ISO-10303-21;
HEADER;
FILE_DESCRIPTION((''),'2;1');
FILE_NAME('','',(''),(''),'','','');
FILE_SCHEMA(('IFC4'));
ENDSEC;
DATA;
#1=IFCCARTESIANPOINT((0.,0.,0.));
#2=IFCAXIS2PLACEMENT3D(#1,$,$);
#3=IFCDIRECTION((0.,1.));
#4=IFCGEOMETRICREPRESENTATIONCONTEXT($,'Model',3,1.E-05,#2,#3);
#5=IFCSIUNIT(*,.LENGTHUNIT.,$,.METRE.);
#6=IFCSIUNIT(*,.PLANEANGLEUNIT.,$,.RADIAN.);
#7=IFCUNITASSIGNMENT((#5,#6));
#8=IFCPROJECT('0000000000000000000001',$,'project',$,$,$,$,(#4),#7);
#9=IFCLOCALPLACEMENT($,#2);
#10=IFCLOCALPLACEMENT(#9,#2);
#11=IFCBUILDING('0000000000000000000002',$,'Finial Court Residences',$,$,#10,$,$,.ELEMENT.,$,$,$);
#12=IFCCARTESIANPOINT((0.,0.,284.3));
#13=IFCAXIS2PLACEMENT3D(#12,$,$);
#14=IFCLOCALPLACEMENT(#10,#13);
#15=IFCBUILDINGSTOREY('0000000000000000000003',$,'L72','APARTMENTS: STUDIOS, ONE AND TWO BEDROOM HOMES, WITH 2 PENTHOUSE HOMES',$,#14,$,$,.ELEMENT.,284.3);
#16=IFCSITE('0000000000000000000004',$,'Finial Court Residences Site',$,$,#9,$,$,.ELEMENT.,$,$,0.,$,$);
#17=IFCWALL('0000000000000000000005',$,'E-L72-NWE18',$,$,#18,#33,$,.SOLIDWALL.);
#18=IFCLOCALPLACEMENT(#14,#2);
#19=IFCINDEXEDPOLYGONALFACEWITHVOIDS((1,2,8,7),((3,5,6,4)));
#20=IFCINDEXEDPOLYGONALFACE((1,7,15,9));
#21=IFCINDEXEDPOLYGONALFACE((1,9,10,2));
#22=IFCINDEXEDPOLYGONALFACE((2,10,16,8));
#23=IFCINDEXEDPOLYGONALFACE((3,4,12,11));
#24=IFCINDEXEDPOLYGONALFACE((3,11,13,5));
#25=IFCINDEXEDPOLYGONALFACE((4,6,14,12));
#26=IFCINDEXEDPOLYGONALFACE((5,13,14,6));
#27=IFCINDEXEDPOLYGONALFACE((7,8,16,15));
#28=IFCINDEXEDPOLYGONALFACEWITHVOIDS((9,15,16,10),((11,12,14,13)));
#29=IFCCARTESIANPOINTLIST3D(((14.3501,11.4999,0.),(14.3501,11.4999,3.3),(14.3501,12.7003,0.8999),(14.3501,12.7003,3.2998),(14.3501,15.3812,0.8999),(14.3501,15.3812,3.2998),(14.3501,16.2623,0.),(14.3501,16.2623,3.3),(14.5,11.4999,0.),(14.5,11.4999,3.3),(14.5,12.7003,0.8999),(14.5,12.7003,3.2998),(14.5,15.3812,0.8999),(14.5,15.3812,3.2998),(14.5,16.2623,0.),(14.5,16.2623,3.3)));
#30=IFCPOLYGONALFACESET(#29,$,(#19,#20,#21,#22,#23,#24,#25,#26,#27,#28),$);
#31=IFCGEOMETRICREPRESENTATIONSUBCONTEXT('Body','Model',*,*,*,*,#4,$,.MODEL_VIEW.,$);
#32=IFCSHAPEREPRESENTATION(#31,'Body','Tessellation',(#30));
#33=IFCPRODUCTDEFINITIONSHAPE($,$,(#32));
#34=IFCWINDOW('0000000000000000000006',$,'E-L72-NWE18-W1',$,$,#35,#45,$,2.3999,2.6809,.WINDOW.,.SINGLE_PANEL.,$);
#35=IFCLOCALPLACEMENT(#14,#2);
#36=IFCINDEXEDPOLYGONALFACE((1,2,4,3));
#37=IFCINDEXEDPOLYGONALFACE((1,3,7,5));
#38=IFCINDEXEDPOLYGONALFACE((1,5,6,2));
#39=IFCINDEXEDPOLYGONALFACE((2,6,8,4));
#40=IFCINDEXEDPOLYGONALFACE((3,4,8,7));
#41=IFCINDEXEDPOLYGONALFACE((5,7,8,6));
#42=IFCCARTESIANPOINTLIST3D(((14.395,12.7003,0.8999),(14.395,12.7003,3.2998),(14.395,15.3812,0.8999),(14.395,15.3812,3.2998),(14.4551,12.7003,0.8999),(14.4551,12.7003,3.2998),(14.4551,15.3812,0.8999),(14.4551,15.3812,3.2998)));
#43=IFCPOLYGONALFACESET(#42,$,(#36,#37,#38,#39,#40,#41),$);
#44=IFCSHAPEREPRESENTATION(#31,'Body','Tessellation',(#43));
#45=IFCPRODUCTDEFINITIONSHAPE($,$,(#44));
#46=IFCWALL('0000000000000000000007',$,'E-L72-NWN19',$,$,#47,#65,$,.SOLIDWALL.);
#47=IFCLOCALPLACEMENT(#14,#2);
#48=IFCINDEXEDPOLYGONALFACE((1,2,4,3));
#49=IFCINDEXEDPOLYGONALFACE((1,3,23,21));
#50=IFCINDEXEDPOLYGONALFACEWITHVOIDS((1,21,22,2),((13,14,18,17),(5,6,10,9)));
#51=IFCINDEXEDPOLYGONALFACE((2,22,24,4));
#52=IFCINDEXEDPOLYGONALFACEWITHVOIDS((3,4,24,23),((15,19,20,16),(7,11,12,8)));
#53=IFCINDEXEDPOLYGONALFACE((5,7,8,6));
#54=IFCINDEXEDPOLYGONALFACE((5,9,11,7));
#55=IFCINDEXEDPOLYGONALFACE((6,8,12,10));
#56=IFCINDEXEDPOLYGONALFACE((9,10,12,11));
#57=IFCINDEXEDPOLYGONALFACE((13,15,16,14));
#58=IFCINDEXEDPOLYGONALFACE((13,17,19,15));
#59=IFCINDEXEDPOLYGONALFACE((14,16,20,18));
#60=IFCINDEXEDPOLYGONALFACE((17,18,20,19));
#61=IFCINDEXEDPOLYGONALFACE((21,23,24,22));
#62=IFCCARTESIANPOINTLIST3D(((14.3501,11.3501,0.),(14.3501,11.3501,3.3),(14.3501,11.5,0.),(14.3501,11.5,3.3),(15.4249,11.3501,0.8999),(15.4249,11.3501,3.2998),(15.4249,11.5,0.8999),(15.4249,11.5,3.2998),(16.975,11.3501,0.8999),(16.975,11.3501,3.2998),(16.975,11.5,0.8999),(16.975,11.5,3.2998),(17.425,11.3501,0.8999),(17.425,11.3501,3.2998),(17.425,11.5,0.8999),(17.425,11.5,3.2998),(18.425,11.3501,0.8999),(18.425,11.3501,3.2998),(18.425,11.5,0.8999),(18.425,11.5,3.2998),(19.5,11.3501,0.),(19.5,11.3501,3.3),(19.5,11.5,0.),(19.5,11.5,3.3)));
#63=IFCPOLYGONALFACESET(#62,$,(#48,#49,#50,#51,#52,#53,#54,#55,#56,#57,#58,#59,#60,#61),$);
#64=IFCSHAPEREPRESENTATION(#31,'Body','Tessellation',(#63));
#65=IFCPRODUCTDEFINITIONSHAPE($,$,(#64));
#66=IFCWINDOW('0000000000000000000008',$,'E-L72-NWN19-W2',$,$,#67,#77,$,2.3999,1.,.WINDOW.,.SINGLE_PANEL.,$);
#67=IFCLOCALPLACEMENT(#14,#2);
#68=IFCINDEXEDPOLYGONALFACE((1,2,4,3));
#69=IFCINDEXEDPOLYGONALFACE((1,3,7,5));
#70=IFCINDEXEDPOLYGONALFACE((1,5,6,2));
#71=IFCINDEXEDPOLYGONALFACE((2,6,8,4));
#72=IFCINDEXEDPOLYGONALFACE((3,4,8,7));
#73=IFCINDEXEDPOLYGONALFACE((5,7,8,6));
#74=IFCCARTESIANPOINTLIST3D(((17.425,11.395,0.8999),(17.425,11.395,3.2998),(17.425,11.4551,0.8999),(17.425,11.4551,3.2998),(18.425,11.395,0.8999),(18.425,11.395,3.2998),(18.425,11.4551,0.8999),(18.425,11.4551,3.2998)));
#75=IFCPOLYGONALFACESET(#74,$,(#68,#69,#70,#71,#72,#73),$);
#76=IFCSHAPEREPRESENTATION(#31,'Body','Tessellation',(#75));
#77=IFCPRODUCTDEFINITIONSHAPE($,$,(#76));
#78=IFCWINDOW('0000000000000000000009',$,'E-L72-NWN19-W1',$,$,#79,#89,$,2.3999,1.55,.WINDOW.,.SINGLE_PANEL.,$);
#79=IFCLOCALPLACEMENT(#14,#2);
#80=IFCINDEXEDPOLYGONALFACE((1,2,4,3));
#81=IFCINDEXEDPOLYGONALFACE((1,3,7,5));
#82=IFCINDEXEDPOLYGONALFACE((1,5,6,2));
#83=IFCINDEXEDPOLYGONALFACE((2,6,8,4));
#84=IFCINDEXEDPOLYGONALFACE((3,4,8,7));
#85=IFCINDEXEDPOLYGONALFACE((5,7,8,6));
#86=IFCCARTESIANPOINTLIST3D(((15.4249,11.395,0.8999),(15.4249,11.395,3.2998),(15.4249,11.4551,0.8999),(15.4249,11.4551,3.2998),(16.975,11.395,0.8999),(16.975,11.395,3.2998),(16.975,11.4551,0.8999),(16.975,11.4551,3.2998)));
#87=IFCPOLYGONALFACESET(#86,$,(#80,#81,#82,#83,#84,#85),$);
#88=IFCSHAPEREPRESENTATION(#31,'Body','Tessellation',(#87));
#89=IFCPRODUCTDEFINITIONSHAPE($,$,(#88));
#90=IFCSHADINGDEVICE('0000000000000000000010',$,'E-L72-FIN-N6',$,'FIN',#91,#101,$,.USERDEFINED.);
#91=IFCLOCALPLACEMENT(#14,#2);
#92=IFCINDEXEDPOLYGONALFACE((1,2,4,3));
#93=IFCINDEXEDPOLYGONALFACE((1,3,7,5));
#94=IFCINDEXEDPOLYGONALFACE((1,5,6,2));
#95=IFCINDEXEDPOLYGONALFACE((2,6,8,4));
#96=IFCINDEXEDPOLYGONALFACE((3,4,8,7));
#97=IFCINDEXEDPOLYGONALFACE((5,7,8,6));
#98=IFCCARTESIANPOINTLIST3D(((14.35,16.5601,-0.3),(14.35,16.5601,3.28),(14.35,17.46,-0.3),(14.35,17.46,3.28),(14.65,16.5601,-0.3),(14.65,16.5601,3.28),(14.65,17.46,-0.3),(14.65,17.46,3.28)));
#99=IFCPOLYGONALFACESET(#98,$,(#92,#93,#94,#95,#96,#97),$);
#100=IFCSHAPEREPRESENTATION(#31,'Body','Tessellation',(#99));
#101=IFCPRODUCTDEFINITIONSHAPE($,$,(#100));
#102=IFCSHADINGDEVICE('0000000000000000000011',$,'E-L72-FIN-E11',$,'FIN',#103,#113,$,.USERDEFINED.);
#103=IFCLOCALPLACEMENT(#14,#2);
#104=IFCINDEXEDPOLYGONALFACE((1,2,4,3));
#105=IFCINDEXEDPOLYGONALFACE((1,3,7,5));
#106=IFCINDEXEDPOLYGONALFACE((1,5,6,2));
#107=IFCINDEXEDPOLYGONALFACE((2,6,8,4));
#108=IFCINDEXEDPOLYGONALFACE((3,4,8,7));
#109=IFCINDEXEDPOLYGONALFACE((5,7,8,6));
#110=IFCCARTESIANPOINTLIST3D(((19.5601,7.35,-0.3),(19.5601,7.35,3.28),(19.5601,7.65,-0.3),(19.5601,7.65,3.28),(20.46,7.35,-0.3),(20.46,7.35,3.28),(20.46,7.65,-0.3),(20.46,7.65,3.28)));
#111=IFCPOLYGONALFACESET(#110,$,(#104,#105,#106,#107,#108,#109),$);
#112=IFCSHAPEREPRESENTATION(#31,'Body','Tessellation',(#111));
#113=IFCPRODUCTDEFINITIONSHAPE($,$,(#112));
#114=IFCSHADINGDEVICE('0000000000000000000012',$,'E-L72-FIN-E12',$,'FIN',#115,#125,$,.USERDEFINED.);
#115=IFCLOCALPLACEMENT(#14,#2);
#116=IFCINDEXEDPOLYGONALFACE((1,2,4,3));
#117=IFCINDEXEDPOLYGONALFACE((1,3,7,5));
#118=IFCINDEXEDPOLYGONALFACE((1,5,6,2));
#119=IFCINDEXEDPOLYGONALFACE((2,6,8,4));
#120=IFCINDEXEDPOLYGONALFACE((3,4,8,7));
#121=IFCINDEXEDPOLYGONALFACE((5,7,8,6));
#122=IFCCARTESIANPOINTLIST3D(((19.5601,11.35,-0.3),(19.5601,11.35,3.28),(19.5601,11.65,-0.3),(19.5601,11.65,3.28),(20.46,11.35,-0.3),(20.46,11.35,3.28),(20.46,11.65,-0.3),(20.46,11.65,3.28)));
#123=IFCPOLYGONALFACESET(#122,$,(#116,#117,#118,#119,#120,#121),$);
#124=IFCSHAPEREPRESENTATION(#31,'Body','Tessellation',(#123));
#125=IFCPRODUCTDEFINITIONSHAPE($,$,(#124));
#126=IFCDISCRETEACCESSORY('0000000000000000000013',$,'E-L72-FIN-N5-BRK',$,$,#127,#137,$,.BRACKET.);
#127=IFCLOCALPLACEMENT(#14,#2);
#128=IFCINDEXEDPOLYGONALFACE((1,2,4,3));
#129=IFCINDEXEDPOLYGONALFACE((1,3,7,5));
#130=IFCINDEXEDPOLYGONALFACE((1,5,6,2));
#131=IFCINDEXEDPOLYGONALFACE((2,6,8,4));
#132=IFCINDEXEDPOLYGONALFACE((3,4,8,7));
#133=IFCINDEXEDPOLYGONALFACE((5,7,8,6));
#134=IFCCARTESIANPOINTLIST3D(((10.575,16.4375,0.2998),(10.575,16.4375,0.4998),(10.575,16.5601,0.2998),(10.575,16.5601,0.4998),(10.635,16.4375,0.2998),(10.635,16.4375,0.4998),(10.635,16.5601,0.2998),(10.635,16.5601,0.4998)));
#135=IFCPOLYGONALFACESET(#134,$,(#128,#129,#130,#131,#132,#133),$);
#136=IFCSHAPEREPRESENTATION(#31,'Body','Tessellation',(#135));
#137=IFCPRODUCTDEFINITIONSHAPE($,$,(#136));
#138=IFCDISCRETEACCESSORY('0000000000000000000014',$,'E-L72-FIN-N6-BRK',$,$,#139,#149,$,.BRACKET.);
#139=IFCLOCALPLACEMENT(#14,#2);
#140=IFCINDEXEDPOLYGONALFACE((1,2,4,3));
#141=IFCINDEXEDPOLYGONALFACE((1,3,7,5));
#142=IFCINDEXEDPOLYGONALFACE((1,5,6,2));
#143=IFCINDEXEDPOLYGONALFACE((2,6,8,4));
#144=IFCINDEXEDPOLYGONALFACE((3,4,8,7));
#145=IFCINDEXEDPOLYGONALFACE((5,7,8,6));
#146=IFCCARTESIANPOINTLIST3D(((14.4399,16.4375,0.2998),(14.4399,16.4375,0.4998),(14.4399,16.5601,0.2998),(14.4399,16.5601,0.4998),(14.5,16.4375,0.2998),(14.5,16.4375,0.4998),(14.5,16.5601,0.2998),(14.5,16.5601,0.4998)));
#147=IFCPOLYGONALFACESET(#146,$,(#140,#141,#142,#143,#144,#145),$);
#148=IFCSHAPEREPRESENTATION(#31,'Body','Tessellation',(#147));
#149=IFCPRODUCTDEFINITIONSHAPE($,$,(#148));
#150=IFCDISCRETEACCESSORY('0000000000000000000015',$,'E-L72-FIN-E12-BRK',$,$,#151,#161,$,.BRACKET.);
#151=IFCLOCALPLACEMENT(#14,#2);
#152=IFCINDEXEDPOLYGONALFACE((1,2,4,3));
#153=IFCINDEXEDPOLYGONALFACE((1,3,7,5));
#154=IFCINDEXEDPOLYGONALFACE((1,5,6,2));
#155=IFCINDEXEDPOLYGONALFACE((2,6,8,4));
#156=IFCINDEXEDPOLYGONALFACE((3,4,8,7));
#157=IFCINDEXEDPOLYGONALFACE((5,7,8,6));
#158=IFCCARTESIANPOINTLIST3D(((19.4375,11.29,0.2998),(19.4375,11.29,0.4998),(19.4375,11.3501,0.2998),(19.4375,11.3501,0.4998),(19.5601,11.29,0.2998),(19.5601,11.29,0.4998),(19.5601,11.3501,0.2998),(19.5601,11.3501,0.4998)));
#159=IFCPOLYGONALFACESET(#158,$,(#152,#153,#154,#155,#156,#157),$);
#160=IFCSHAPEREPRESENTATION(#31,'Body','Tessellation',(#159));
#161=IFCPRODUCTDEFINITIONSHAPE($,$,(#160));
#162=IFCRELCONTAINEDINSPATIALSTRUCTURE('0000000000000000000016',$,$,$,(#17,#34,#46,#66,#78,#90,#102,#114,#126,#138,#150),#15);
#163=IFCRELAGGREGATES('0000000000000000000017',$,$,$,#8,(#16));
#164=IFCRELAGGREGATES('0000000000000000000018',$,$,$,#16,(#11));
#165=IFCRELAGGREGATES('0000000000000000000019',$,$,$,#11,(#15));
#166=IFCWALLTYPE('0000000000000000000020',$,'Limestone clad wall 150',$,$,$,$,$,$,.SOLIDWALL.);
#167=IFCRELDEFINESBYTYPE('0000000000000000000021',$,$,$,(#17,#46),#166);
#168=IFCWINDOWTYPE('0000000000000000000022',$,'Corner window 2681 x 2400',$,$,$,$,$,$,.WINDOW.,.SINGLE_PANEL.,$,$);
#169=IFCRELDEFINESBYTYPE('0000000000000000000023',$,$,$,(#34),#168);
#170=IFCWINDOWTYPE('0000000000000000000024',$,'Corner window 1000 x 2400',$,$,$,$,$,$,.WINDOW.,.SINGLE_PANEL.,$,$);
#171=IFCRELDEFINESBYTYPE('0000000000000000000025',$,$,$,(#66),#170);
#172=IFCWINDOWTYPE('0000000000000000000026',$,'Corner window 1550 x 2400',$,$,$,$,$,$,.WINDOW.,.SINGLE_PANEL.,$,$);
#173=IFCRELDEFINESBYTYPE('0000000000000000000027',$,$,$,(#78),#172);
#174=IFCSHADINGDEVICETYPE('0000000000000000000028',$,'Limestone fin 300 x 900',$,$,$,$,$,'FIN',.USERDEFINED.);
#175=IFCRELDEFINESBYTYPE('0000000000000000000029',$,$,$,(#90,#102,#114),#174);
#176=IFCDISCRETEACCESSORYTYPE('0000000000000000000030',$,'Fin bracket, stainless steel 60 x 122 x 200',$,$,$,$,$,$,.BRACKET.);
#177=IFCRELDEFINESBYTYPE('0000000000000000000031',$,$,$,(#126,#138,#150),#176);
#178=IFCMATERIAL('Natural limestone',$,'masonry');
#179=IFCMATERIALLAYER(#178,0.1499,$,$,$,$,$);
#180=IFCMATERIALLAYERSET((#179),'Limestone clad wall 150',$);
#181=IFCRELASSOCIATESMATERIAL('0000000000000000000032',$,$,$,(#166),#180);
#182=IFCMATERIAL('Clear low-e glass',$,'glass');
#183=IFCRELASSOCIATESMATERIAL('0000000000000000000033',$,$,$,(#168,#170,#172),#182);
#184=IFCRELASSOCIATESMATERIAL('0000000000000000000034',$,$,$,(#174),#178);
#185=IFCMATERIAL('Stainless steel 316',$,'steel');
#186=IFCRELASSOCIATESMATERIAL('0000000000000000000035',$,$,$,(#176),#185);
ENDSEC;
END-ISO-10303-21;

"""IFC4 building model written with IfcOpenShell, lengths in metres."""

from ifc_helpers import new_model, si_unit, direction, frame, frame_2d, origin, origin_2d, place, context, subcontext, project, spatial, rectangle, extrude, material, layer, layer_set, type_object, element, fill, save


model = new_model("IFC4")

# Units and contexts
model_context = context("Model", 3, precision=1e-05, world=origin(), true_north=direction((0.0, 1.0)))
body_context = subcontext(model_context, "Body", "Model", "MODEL_VIEW")
ifc_project = project(units=[si_unit("LENGTHUNIT", "METRE"), si_unit("PLANEANGLEUNIT", "RADIAN")], contexts=[model_context])

# Site, building, storey
site_placement = place(None, origin())
site = spatial("IfcSite", under=ifc_project, at=site_placement, Name="Finial Court Residences Site", CompositionType="ELEMENT", RefElevation=0.0)
building_placement = place(site_placement, origin())
building = spatial("IfcBuilding", under=site, at=building_placement, Name="Finial Court Residences", CompositionType="ELEMENT")
storey_placement = place(building_placement, frame((0.0, 0.0, 284.3)))
storey = spatial("IfcBuildingStorey", under=building, at=storey_placement, Name="L72", Description="APARTMENTS: STUDIOS, ONE AND TWO BEDROOM HOMES, WITH 2 PENTHOUSE HOMES", CompositionType="ELEMENT", Elevation=284.3)

# Shared definitions
ifc_material_1 = material(Name="Clear low-e glass", Category="glass")

# Wall, opening, window
ifc_material_2 = material(Name="Natural limestone", Category="masonry")
ifc_layer_1 = layer(ifc_material_2, 0.1499)
ifc_layer_set_1 = layer_set([ifc_layer_1], Name="Limestone clad wall 150")
wall_type_1 = type_object("IfcWallType", Name="Limestone clad wall 150", PredefinedType="SOLIDWALL", material=ifc_layer_set_1)
wall_1_placement = place(storey_placement, frame((14.425, 16.2625, 0.0), z_axis=(0.0, 0.0, 1.0), x_axis=(0.0, -1.0, 0.0)))
wall_1 = element("IfcWall", 1, at=wall_1_placement, inside=storey, type_object=wall_type_1, Name="E-L72-NWE18", PredefinedType="SOLIDWALL", context=body_context, shape_type="SweptSolid", body=[
    extrude(rectangle(XDim=4.7625, YDim=0.1499, at=frame_2d((2.3813, 0.0))), origin(), (0.0, 0.0, 1.0), 3.3),
])
opening_1_placement = place(wall_1_placement, frame((0.8813, 0.0, 0.8999)))
opening_1 = element("IfcOpeningElement", 2, at=opening_1_placement, cuts=wall_1, PredefinedType="OPENING", context=body_context, shape_type="SweptSolid", body=[
    extrude(rectangle(XDim=2.6809, YDim=2.3999, at=frame_2d((1.3403, 1.2))), frame((0.0, 0.085, 0.0), z_axis=(0.0, -1.0, 0.0), x_axis=(1.0, 0.0, 0.0)), (0.0, 0.0, 1.0), 0.1699),
])
window_type_1 = type_object("IfcWindowType", Name="Corner window 2681 x 2400", PartitioningType="SINGLE_PANEL", PredefinedType="WINDOW", material=ifc_material_1)
window_1_placement = place(opening_1_placement, origin())
window_1 = element("IfcWindow", 3, at=window_1_placement, inside=storey, type_object=window_type_1, Name="E-L72-NWE18-W1", OverallHeight=2.3999, OverallWidth=2.6809, PartitioningType="SINGLE_PANEL", PredefinedType="WINDOW", context=body_context, shape_type="SweptSolid", body=[
    extrude(rectangle(XDim=2.6809, YDim=2.3999, at=frame_2d((1.3403, 1.2))), frame((0.0, 0.03, 0.0), z_axis=(0.0, -1.0, 0.0), x_axis=(1.0, 0.0, 0.0)), (0.0, 0.0, 1.0), 0.0601),
])
fill(opening_1, window_1)

# Wall, openings, windows
wall_2_placement = place(storey_placement, frame((14.3501, 11.425, 0.0), z_axis=(0.0, 0.0, 1.0), x_axis=(1.0, 0.0, 0.0)))
wall_2 = element("IfcWall", 4, at=wall_2_placement, inside=storey, type_object=wall_type_1, Name="E-L72-NWN19", PredefinedType="SOLIDWALL", context=body_context, shape_type="SweptSolid", body=[
    extrude(rectangle(XDim=5.1499, YDim=0.1499, at=frame_2d((2.575, 0.0))), origin(), (0.0, 0.0, 1.0), 3.3),
])
opening_2_placement = place(wall_2_placement, frame((1.075, 0.0, 0.8999)))
opening_2 = element("IfcOpeningElement", 5, at=opening_2_placement, cuts=wall_2, PredefinedType="OPENING", context=body_context, shape_type="SweptSolid", body=[
    extrude(rectangle(XDim=1.55, YDim=2.3999, at=frame_2d((0.7749, 1.2))), frame((0.0, 0.085, 0.0), z_axis=(0.0, -1.0, 0.0), x_axis=(1.0, 0.0, 0.0)), (0.0, 0.0, 1.0), 0.1699),
])
opening_3_placement = place(wall_2_placement, frame((3.075, 0.0, 0.8999)))
opening_3 = element("IfcOpeningElement", 6, at=opening_3_placement, cuts=wall_2, PredefinedType="OPENING", context=body_context, shape_type="SweptSolid", body=[
    extrude(rectangle(XDim=1.0, YDim=2.3999, at=frame_2d((0.5, 1.2))), frame((0.0, 0.085, 0.0), z_axis=(0.0, -1.0, 0.0), x_axis=(1.0, 0.0, 0.0)), (0.0, 0.0, 1.0), 0.1699),
])
window_type_2 = type_object("IfcWindowType", Name="Corner window 1000 x 2400", PartitioningType="SINGLE_PANEL", PredefinedType="WINDOW", material=ifc_material_1)
window_2_placement = place(opening_3_placement, origin())
window_2 = element("IfcWindow", 7, at=window_2_placement, inside=storey, type_object=window_type_2, Name="E-L72-NWN19-W2", OverallHeight=2.3999, OverallWidth=1.0, PartitioningType="SINGLE_PANEL", PredefinedType="WINDOW", context=body_context, shape_type="SweptSolid", body=[
    extrude(rectangle(XDim=1.0, YDim=2.3999, at=frame_2d((0.5, 1.2))), frame((0.0, 0.03, 0.0), z_axis=(0.0, -1.0, 0.0), x_axis=(1.0, 0.0, 0.0)), (0.0, 0.0, 1.0), 0.0601),
])
fill(opening_3, window_2)
window_type_3 = type_object("IfcWindowType", Name="Corner window 1550 x 2400", PartitioningType="SINGLE_PANEL", PredefinedType="WINDOW", material=ifc_material_1)
window_3_placement = place(opening_2_placement, origin())
window_3 = element("IfcWindow", 8, at=window_3_placement, inside=storey, type_object=window_type_3, Name="E-L72-NWN19-W1", OverallHeight=2.3999, OverallWidth=1.55, PartitioningType="SINGLE_PANEL", PredefinedType="WINDOW", context=body_context, shape_type="SweptSolid", body=[
    extrude(rectangle(XDim=1.55, YDim=2.3999, at=frame_2d((0.7749, 1.2))), frame((0.0, 0.03, 0.0), z_axis=(0.0, -1.0, 0.0), x_axis=(1.0, 0.0, 0.0)), (0.0, 0.0, 1.0), 0.0601),
])
fill(opening_2, window_3)

# Shading devices
shading_device_type = type_object("IfcShadingDeviceType", Name="Limestone fin 300 x 900", ElementType="FIN", PredefinedType="USERDEFINED", material=ifc_material_2)
shading_device_placement = place(storey_placement, frame((14.5, 17.01, -0.3), z_axis=(0.0, 0.0, 1.0), x_axis=(1.0, 0.0, 0.0)))
element("IfcShadingDevice", 9, at=shading_device_placement, inside=storey, type_object=shading_device_type, Name="E-L72-FIN-N6", ObjectType="FIN", PredefinedType="USERDEFINED", context=body_context, shape_type="SweptSolid", body=[
    extrude(rectangle(XDim=0.3, YDim=0.8999, at=origin_2d()), origin(), (0.0, 0.0, 1.0), 3.5801),
])
for number, where, z_axis, x_axis, name in (
    (10, (20.01, 7.5, -0.3), (0.0, 0.0, 1.0), (1.0, 0.0, 0.0), "E-L72-FIN-E11"),
    (11, (20.01, 11.5, -0.3), (0.0, 0.0, 1.0), (1.0, 0.0, 0.0), "E-L72-FIN-E12"),
):
    element("IfcShadingDevice", number, at=place(storey_placement, frame(where, z_axis=z_axis, x_axis=x_axis)), inside=storey, type_object=shading_device_type, Name=name, ObjectType="FIN", PredefinedType="USERDEFINED", context=body_context, shape_type="SweptSolid", body=[
        extrude(rectangle(XDim=0.8999, YDim=0.3, at=origin_2d()), origin(), (0.0, 0.0, 1.0), 3.5801),
    ])

# Discrete accessories
ifc_material_3 = material(Name="Stainless steel 316", Category="steel")
discrete_accessory_type = type_object("IfcDiscreteAccessoryType", Name="Fin bracket, stainless steel 60 x 122 x 200", PredefinedType="BRACKET", material=ifc_material_3)
for number, where, z_axis, x_axis, name in (
    (12, (10.605, 16.4988, 0.2998), (0.0, 0.0, 1.0), (1.0, 0.0, 0.0), "E-L72-FIN-N5-BRK"),
    (13, (14.47, 16.4988, 0.2998), (0.0, 0.0, 1.0), (1.0, 0.0, 0.0), "E-L72-FIN-N6-BRK"),
):
    element("IfcDiscreteAccessory", number, at=place(storey_placement, frame(where, z_axis=z_axis, x_axis=x_axis)), inside=storey, type_object=discrete_accessory_type, Name=name, PredefinedType="BRACKET", context=body_context, shape_type="SweptSolid", body=[
        extrude(rectangle(XDim=0.0601, YDim=0.1226, at=origin_2d()), origin(), (0.0, 0.0, 1.0), 0.2),
    ])
discrete_accessory_placement = place(storey_placement, frame((19.4988, 11.3201, 0.2998), z_axis=(0.0, 0.0, 1.0), x_axis=(1.0, 0.0, 0.0)))
element("IfcDiscreteAccessory", 14, at=discrete_accessory_placement, inside=storey, type_object=discrete_accessory_type, Name="E-L72-FIN-E12-BRK", PredefinedType="BRACKET", context=body_context, shape_type="SweptSolid", body=[
    extrude(rectangle(XDim=0.1226, YDim=0.0601, at=origin_2d()), origin(), (0.0, 0.0, 1.0), 0.2),
])

save(model, "model.ifc")
